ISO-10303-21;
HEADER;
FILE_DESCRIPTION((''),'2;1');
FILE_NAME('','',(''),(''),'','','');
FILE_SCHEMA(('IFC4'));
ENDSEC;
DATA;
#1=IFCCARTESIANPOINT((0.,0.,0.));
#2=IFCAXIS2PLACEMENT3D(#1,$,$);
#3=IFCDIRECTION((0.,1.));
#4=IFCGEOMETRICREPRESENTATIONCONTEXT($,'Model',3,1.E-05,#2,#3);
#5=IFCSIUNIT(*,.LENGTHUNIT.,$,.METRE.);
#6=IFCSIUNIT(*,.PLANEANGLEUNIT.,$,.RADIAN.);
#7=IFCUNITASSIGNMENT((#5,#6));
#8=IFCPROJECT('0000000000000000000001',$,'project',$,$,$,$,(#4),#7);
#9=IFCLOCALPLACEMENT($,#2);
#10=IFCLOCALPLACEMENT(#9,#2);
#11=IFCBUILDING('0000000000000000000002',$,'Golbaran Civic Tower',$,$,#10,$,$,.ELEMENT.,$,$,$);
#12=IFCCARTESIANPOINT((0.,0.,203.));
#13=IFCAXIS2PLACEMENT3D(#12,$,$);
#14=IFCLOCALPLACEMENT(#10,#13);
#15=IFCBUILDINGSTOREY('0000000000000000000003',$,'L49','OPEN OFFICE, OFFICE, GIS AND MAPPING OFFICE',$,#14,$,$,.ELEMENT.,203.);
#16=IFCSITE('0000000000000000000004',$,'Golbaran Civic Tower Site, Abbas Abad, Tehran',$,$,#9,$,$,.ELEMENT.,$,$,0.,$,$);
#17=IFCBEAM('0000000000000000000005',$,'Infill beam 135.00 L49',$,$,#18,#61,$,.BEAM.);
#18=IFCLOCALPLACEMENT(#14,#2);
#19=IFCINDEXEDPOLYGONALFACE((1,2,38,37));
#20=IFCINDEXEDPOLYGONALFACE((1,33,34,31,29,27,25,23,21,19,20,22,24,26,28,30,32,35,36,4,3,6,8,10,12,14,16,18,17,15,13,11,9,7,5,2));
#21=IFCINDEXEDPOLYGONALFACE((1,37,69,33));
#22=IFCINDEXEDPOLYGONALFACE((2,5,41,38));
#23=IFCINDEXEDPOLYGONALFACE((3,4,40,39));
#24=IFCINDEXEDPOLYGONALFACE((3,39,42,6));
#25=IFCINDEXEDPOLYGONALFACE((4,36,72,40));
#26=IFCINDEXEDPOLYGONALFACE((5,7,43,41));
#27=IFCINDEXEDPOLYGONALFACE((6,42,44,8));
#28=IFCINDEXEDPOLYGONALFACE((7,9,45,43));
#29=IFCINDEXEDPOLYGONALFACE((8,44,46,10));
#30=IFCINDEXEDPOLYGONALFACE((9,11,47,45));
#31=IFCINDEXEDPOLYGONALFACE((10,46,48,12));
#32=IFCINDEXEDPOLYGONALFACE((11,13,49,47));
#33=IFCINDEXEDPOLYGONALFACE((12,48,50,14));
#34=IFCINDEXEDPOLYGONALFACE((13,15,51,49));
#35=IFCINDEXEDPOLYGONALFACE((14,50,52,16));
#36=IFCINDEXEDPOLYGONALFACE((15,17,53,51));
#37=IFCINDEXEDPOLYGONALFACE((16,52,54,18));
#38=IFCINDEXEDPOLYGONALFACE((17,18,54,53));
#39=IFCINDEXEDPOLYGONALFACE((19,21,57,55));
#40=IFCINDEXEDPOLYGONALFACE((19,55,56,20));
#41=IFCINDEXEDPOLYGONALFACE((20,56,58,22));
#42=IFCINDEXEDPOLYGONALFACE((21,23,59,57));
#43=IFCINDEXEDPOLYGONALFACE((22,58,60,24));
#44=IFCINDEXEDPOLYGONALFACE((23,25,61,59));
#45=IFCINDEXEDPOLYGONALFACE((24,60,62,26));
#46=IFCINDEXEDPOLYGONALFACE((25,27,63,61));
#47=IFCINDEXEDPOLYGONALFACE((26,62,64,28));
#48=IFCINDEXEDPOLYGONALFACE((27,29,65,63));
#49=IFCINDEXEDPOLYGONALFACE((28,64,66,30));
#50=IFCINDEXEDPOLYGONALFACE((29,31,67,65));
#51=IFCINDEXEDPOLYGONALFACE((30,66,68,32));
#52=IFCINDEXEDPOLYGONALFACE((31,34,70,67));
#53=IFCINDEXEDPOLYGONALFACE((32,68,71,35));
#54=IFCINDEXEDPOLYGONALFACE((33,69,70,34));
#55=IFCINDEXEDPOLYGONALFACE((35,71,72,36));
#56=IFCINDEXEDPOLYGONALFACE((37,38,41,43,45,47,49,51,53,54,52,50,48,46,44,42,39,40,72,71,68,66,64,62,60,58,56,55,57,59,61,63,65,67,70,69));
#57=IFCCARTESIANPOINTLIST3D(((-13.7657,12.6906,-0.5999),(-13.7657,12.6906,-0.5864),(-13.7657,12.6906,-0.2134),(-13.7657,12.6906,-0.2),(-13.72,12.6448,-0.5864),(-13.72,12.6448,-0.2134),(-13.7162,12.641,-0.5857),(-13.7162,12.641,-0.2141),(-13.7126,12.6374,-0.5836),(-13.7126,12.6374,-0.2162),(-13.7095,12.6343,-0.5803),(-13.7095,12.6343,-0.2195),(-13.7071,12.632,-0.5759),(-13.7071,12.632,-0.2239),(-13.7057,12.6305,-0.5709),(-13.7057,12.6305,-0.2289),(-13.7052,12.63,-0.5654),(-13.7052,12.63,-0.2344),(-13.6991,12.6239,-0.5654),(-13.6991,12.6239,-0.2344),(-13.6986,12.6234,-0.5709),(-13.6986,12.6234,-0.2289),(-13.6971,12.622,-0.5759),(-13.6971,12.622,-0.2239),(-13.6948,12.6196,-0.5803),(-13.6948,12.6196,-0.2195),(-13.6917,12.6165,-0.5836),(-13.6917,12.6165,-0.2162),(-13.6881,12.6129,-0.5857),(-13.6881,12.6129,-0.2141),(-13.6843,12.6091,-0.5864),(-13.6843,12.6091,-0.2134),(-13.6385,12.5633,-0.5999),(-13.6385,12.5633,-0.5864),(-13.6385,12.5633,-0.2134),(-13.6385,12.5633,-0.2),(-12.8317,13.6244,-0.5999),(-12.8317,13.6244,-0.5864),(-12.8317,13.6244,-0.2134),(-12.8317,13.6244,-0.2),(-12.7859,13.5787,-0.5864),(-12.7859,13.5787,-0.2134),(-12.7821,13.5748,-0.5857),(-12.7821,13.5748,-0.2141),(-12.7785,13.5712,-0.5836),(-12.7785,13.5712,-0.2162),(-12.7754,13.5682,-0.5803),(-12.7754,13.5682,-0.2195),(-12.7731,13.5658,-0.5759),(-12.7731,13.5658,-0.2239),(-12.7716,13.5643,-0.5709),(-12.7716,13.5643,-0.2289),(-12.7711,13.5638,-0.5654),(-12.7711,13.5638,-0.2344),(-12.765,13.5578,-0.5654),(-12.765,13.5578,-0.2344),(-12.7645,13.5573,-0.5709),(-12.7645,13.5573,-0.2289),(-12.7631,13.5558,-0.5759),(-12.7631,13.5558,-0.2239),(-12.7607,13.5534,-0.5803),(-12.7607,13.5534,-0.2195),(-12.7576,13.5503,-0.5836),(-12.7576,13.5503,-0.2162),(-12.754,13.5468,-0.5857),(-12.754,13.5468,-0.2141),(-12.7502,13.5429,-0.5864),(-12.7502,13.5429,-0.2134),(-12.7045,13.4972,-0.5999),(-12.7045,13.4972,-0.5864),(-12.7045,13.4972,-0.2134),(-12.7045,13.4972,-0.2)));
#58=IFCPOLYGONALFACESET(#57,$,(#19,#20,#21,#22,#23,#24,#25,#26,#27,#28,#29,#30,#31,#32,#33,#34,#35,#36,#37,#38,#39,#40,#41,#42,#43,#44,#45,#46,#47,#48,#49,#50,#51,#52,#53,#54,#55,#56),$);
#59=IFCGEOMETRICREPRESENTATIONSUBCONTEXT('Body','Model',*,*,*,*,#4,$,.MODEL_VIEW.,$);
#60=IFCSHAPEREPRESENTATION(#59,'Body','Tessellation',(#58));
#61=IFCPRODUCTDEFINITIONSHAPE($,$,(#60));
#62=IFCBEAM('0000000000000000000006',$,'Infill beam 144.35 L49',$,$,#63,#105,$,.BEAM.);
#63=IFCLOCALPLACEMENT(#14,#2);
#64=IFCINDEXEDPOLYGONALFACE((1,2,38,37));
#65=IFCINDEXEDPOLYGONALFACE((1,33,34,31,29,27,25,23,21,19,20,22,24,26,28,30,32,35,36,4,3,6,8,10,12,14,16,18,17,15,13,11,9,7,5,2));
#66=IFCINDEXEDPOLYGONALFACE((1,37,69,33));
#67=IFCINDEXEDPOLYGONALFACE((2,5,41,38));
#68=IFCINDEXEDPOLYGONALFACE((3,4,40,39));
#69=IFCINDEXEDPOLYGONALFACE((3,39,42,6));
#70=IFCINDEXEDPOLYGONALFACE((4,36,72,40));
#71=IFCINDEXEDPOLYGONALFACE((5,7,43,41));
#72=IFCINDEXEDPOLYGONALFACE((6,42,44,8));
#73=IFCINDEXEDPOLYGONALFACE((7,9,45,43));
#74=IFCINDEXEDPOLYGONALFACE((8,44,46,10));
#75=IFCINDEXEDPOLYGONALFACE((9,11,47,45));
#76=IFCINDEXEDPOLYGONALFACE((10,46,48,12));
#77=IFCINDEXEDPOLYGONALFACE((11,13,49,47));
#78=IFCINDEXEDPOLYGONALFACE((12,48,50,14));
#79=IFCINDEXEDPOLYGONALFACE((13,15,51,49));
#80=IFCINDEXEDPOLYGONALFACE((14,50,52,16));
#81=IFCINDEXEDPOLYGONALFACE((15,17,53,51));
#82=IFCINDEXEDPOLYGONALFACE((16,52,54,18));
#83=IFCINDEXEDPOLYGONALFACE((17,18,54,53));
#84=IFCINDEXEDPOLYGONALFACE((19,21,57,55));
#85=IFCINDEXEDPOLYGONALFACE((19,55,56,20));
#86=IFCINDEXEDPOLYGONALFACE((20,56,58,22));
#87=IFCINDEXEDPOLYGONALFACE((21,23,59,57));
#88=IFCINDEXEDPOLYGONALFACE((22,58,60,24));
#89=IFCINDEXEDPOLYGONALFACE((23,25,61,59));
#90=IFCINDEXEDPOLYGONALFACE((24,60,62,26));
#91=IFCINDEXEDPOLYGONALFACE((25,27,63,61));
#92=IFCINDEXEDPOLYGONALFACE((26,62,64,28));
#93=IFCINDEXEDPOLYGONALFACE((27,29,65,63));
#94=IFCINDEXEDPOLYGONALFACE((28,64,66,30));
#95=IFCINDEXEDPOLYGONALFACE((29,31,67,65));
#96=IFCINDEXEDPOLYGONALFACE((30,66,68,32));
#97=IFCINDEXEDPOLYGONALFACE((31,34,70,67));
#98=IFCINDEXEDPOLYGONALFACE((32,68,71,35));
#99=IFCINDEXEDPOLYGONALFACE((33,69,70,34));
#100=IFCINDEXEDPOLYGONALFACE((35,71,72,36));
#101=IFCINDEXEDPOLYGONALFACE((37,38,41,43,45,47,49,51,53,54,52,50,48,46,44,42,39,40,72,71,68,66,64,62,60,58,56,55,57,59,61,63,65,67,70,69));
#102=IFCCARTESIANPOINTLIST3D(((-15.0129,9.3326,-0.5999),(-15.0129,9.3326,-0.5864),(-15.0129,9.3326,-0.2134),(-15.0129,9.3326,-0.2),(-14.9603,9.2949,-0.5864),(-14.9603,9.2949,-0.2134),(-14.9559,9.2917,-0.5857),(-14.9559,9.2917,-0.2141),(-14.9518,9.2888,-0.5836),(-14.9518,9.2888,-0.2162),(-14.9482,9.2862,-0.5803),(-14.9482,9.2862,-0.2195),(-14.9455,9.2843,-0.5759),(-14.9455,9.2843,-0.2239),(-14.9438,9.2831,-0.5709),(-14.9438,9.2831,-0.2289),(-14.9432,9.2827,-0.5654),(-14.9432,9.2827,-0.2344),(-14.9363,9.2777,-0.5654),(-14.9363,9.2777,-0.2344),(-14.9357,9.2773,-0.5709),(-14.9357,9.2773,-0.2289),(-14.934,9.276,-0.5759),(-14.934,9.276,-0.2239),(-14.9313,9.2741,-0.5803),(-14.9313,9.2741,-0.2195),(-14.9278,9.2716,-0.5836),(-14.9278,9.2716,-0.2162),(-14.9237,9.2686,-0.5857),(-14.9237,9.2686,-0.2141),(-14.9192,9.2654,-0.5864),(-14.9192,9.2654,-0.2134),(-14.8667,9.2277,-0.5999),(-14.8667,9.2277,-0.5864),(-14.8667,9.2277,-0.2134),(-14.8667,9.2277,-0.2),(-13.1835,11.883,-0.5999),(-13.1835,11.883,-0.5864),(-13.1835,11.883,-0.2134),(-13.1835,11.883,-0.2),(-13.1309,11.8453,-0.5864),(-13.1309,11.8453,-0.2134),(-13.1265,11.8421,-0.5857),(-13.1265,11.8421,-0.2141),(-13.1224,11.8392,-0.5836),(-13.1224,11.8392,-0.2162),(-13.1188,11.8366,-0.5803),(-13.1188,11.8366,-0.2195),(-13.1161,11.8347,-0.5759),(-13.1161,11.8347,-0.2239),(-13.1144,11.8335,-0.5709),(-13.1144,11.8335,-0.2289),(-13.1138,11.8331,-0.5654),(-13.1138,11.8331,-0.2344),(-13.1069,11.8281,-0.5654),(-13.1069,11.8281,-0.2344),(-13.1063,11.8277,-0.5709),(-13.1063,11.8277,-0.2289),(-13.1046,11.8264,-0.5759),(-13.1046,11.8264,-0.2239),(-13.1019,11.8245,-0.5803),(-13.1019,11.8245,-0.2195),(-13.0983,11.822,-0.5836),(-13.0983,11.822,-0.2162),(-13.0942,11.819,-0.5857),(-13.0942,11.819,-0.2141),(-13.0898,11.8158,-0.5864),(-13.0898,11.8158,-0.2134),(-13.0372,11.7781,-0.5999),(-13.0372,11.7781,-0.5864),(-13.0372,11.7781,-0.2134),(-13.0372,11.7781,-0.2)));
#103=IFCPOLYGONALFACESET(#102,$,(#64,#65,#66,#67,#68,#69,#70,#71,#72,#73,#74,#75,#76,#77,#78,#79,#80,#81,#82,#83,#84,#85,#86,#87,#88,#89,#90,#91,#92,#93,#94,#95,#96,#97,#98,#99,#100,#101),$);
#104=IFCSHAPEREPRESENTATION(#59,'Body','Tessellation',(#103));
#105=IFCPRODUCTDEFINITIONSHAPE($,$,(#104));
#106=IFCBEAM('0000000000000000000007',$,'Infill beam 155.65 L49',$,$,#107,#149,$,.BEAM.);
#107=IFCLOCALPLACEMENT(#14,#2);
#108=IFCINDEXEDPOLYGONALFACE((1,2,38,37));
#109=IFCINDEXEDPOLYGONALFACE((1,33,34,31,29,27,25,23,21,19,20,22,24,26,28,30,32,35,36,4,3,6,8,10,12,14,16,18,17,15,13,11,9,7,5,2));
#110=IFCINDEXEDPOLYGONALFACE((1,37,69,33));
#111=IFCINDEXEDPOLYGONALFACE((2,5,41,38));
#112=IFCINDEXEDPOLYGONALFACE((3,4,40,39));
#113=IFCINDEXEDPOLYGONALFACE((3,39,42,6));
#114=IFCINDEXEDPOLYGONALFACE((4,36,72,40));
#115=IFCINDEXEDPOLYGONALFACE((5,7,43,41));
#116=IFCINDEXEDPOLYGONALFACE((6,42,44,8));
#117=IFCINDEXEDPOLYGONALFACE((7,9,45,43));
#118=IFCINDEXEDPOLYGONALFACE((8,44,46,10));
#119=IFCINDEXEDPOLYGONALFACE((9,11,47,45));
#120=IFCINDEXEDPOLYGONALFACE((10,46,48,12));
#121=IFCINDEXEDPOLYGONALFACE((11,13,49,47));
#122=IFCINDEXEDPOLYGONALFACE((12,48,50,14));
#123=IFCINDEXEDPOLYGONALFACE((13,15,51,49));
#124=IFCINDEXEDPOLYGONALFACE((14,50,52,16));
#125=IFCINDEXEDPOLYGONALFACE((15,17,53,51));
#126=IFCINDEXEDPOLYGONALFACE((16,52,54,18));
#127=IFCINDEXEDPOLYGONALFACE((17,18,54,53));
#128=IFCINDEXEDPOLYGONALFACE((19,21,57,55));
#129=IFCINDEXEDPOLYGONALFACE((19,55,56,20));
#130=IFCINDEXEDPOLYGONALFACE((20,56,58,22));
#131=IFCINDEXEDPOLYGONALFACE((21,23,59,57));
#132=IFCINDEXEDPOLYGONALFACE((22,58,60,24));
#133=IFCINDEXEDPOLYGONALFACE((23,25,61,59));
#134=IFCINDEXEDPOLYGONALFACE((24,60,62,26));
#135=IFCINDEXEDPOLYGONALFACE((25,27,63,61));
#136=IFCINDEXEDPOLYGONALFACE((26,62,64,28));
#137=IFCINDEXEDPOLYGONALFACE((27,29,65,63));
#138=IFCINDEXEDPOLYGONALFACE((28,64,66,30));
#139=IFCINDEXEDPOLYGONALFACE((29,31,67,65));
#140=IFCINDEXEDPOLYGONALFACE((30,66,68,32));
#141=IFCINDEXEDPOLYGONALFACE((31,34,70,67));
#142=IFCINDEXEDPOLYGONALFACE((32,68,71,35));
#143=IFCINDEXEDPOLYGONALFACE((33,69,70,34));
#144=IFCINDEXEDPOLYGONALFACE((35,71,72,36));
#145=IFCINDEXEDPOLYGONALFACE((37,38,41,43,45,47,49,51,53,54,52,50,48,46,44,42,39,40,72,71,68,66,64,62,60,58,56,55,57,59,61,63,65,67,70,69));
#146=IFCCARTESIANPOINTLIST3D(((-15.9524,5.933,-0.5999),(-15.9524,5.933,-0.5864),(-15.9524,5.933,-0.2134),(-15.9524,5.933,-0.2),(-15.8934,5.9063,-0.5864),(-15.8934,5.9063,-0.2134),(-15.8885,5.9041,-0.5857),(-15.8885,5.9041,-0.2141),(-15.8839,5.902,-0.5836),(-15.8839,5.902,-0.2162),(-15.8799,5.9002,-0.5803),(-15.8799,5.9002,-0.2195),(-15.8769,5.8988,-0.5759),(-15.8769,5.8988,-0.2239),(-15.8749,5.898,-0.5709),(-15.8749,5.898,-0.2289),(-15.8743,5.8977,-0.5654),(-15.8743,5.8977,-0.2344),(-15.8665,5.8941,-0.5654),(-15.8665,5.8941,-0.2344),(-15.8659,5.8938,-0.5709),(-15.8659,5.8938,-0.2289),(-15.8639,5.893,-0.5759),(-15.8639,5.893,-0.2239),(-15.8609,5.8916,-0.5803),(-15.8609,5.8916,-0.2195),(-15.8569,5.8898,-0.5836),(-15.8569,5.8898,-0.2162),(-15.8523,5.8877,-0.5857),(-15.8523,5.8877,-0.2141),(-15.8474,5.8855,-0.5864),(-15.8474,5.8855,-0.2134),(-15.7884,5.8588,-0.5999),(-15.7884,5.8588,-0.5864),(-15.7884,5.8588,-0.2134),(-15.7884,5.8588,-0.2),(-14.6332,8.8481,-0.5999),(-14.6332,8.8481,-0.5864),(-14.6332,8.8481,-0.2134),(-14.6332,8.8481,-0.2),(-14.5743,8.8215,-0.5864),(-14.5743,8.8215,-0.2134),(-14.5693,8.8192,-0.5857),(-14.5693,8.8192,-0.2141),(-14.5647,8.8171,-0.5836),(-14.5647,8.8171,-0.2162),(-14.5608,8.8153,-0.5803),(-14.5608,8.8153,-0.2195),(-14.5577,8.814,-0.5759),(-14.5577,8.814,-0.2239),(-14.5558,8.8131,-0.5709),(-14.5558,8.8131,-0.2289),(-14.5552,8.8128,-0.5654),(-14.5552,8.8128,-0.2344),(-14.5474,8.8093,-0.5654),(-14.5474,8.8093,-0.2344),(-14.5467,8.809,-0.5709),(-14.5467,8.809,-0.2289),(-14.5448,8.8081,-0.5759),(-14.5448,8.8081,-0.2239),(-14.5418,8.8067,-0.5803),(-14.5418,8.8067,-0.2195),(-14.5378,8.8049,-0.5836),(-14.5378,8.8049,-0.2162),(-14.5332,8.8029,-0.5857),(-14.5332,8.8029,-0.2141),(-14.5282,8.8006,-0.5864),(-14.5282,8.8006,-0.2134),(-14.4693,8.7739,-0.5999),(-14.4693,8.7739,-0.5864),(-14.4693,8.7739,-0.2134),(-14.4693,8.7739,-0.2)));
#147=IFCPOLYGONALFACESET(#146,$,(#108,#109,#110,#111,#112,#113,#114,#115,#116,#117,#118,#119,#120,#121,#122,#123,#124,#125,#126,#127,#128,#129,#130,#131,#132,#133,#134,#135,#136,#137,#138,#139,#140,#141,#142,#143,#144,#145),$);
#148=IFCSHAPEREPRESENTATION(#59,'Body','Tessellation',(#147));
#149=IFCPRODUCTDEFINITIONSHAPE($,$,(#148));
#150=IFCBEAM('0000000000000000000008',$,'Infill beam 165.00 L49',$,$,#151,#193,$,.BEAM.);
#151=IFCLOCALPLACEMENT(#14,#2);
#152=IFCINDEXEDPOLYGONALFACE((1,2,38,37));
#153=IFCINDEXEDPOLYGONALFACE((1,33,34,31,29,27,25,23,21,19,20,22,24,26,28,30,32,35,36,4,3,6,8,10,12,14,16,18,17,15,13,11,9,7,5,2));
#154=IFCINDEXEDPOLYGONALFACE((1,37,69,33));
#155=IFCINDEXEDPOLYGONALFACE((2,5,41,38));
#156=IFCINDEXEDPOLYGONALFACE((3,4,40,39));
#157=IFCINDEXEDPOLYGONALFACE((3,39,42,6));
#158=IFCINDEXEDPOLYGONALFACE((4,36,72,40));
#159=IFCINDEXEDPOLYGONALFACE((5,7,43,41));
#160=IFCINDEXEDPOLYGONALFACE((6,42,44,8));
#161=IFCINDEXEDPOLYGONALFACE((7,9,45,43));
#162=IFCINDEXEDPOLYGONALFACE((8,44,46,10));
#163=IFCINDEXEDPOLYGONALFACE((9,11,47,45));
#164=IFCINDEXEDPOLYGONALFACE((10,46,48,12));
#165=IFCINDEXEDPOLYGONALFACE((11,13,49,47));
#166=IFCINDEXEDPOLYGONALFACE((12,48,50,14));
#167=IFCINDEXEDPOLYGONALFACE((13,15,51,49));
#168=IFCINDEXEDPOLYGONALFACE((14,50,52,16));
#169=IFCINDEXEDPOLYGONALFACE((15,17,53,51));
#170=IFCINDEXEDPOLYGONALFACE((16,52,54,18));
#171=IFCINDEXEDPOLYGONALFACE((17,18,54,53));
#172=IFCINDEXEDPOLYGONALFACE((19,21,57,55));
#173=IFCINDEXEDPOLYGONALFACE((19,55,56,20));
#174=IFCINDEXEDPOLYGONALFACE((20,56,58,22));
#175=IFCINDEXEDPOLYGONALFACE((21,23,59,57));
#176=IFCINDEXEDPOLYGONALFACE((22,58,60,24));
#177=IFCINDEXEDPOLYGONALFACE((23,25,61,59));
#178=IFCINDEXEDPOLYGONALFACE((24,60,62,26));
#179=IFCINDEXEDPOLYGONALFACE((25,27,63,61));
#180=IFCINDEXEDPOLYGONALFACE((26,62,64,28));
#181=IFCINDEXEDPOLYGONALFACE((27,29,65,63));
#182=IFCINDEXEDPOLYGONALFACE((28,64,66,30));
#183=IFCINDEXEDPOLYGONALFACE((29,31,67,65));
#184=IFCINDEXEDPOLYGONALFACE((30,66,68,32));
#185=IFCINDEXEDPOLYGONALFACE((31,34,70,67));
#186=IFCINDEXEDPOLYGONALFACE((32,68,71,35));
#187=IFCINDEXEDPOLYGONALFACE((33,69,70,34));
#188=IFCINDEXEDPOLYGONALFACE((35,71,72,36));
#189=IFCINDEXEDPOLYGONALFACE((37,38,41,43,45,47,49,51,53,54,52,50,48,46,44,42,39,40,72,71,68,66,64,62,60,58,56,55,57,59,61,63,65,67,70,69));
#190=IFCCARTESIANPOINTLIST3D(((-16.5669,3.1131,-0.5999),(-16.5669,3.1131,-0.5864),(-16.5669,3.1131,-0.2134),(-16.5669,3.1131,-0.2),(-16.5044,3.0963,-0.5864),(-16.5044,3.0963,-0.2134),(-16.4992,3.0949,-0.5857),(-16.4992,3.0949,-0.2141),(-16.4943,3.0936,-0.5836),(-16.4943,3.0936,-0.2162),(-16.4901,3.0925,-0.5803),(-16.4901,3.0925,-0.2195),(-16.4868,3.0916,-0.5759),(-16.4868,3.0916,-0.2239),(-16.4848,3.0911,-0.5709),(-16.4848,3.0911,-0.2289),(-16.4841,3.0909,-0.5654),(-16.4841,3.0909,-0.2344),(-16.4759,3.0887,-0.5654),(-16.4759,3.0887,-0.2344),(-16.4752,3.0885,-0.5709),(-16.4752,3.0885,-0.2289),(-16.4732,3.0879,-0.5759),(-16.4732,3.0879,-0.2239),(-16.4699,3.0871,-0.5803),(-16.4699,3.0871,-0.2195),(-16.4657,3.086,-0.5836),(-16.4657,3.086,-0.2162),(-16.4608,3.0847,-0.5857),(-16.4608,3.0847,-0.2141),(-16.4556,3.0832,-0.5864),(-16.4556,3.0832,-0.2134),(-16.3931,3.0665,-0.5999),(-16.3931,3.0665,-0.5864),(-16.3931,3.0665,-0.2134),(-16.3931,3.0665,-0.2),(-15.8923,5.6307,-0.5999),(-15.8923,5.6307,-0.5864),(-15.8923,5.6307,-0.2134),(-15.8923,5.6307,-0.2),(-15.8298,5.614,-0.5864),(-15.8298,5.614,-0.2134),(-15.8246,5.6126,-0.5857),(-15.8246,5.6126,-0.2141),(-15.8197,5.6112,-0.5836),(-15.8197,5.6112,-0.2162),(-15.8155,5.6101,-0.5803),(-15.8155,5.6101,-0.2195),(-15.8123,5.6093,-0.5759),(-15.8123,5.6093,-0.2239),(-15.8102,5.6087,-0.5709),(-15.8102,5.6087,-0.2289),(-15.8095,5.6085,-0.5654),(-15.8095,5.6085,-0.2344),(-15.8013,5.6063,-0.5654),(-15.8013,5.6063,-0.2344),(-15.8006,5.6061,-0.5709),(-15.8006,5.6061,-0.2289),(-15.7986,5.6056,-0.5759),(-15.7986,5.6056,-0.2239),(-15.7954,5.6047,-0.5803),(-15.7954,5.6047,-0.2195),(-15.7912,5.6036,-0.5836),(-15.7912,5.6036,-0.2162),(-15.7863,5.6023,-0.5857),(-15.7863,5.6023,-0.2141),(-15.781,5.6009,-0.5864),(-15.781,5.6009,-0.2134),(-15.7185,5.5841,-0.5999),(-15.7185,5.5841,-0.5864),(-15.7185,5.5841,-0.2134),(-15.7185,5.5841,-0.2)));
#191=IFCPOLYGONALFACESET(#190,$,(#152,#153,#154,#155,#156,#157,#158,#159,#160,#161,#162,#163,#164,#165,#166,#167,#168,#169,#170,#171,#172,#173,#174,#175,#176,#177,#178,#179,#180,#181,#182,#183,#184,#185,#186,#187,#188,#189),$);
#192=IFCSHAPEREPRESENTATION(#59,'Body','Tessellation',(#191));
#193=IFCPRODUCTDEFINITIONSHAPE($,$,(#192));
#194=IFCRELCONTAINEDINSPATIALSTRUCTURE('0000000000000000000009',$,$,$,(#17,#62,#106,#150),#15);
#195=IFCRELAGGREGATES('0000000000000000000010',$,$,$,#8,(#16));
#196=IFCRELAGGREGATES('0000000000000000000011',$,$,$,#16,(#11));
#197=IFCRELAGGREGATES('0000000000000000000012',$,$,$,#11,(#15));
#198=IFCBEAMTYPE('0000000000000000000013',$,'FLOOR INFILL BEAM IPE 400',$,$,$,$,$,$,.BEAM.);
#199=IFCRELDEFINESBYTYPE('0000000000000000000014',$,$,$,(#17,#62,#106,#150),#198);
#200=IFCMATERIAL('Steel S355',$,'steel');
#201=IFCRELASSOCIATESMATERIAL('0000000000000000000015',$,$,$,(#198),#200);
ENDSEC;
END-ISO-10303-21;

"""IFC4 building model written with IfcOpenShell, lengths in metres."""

from ifc_helpers import new_model, si_unit, direction, frame, origin, origin_2d, place, context, subcontext, project, spatial, i_section, extrude, material, material_profile, profile_set, type_object, element, save


model = new_model("IFC4")

# Units and contexts
model_context = context("Model", 3, precision=1e-05, world=origin(), true_north=direction((0.0, 1.0)))
body_context = subcontext(model_context, "Body", "Model", "MODEL_VIEW")
ifc_project = project(units=[si_unit("LENGTHUNIT", "METRE"), si_unit("PLANEANGLEUNIT", "RADIAN")], contexts=[model_context])

# Site, building, storey
site_placement = place(None, origin())
site = spatial("IfcSite", under=ifc_project, at=site_placement, Name="Golbaran Civic Tower Site, Abbas Abad, Tehran", CompositionType="ELEMENT", RefElevation=0.0)
building_placement = place(site_placement, origin())
building = spatial("IfcBuilding", under=site, at=building_placement, Name="Golbaran Civic Tower", CompositionType="ELEMENT")
storey_placement = place(building_placement, frame((0.0, 0.0, 203.0)))
storey = spatial("IfcBuildingStorey", under=building, at=storey_placement, Name="L49", Description="OPEN OFFICE, OFFICE, GIS AND MAPPING OFFICE", CompositionType="ELEMENT", Elevation=203.0)

# Beams
ifc_material_1 = material(Name="Steel S355", Category="steel")
ifc_material_profile_1 = material_profile(ifc_material_1, i_section(OverallWidth=0.1799, OverallDepth=0.3999, WebThickness=0.0085, FlangeThickness=0.0134, FilletRadius=0.021, at=origin_2d()), Name="IPE 400")
ifc_profile_set_1 = profile_set([ifc_material_profile_1], Name="Steel S355")
beam_type_1 = type_object("IfcBeamType", Name="FLOOR INFILL BEAM IPE 400", PredefinedType="BEAM", material=ifc_profile_set_1)
beam_1_placement = place(storey_placement, frame((-12.7681, 13.5608, -0.3999), z_axis=(-0.707199, -0.707014, 0.0), x_axis=(0.707014, -0.707199, 0.0)))
element("IfcBeam", 1, at=beam_1_placement, inside=storey, type_object=beam_type_1, Name="Infill beam 135.00 L49", PredefinedType="BEAM", context=body_context, shape_type="SweptSolid", body=[
    extrude(i_section(OverallWidth=0.1799, OverallDepth=0.3999, WebThickness=0.0085, FlangeThickness=0.0134, FilletRadius=0.021, at=origin_2d()), origin(), (0.0, 0.0, 1.0), 1.3208),
])
beam_2_placement = place(storey_placement, frame((-13.1104, 11.8306, -0.3999), z_axis=(-0.582863, -0.81257, 0.0), x_axis=(0.81257, -0.582863, 0.0)))
element("IfcBeam", 2, at=beam_2_placement, inside=storey, type_object=beam_type_1, Name="Infill beam 144.35 L49", PredefinedType="BEAM", context=body_context, shape_type="SweptSolid", body=[
    extrude(i_section(OverallWidth=0.1799, OverallDepth=0.3999, WebThickness=0.0085, FlangeThickness=0.0134, FilletRadius=0.021, at=origin_2d()), origin(), (0.0, 0.0, 1.0), 3.1387),
])
beam_3_placement = place(storey_placement, frame((-14.5513, 8.811, -0.3999), z_axis=(-0.412267, -0.911063, 0.0), x_axis=(0.911063, -0.412267, 0.0)))
element("IfcBeam", 3, at=beam_3_placement, inside=storey, type_object=beam_type_1, Name="Infill beam 155.65 L49", PredefinedType="BEAM", context=body_context, shape_type="SweptSolid", body=[
    extrude(i_section(OverallWidth=0.1799, OverallDepth=0.3999, WebThickness=0.0085, FlangeThickness=0.0134, FilletRadius=0.021, at=origin_2d()), origin(), (0.0, 0.0, 1.0), 3.1997),
])
beam_4_placement = place(storey_placement, frame((-15.8054, 5.6074, -0.3999), z_axis=(-0.258811, -0.965928, 0.0), x_axis=(0.965928, -0.258811, 0.0)))
element("IfcBeam", 4, at=beam_4_placement, inside=storey, type_object=beam_type_1, Name="Infill beam 165.00 L49", PredefinedType="BEAM", context=body_context, shape_type="SweptSolid", body=[
    extrude(i_section(OverallWidth=0.1799, OverallDepth=0.3999, WebThickness=0.0085, FlangeThickness=0.0134, FilletRadius=0.021, at=origin_2d()), origin(), (0.0, 0.0, 1.0), 2.6064),
])

save(model, "model.ifc")
